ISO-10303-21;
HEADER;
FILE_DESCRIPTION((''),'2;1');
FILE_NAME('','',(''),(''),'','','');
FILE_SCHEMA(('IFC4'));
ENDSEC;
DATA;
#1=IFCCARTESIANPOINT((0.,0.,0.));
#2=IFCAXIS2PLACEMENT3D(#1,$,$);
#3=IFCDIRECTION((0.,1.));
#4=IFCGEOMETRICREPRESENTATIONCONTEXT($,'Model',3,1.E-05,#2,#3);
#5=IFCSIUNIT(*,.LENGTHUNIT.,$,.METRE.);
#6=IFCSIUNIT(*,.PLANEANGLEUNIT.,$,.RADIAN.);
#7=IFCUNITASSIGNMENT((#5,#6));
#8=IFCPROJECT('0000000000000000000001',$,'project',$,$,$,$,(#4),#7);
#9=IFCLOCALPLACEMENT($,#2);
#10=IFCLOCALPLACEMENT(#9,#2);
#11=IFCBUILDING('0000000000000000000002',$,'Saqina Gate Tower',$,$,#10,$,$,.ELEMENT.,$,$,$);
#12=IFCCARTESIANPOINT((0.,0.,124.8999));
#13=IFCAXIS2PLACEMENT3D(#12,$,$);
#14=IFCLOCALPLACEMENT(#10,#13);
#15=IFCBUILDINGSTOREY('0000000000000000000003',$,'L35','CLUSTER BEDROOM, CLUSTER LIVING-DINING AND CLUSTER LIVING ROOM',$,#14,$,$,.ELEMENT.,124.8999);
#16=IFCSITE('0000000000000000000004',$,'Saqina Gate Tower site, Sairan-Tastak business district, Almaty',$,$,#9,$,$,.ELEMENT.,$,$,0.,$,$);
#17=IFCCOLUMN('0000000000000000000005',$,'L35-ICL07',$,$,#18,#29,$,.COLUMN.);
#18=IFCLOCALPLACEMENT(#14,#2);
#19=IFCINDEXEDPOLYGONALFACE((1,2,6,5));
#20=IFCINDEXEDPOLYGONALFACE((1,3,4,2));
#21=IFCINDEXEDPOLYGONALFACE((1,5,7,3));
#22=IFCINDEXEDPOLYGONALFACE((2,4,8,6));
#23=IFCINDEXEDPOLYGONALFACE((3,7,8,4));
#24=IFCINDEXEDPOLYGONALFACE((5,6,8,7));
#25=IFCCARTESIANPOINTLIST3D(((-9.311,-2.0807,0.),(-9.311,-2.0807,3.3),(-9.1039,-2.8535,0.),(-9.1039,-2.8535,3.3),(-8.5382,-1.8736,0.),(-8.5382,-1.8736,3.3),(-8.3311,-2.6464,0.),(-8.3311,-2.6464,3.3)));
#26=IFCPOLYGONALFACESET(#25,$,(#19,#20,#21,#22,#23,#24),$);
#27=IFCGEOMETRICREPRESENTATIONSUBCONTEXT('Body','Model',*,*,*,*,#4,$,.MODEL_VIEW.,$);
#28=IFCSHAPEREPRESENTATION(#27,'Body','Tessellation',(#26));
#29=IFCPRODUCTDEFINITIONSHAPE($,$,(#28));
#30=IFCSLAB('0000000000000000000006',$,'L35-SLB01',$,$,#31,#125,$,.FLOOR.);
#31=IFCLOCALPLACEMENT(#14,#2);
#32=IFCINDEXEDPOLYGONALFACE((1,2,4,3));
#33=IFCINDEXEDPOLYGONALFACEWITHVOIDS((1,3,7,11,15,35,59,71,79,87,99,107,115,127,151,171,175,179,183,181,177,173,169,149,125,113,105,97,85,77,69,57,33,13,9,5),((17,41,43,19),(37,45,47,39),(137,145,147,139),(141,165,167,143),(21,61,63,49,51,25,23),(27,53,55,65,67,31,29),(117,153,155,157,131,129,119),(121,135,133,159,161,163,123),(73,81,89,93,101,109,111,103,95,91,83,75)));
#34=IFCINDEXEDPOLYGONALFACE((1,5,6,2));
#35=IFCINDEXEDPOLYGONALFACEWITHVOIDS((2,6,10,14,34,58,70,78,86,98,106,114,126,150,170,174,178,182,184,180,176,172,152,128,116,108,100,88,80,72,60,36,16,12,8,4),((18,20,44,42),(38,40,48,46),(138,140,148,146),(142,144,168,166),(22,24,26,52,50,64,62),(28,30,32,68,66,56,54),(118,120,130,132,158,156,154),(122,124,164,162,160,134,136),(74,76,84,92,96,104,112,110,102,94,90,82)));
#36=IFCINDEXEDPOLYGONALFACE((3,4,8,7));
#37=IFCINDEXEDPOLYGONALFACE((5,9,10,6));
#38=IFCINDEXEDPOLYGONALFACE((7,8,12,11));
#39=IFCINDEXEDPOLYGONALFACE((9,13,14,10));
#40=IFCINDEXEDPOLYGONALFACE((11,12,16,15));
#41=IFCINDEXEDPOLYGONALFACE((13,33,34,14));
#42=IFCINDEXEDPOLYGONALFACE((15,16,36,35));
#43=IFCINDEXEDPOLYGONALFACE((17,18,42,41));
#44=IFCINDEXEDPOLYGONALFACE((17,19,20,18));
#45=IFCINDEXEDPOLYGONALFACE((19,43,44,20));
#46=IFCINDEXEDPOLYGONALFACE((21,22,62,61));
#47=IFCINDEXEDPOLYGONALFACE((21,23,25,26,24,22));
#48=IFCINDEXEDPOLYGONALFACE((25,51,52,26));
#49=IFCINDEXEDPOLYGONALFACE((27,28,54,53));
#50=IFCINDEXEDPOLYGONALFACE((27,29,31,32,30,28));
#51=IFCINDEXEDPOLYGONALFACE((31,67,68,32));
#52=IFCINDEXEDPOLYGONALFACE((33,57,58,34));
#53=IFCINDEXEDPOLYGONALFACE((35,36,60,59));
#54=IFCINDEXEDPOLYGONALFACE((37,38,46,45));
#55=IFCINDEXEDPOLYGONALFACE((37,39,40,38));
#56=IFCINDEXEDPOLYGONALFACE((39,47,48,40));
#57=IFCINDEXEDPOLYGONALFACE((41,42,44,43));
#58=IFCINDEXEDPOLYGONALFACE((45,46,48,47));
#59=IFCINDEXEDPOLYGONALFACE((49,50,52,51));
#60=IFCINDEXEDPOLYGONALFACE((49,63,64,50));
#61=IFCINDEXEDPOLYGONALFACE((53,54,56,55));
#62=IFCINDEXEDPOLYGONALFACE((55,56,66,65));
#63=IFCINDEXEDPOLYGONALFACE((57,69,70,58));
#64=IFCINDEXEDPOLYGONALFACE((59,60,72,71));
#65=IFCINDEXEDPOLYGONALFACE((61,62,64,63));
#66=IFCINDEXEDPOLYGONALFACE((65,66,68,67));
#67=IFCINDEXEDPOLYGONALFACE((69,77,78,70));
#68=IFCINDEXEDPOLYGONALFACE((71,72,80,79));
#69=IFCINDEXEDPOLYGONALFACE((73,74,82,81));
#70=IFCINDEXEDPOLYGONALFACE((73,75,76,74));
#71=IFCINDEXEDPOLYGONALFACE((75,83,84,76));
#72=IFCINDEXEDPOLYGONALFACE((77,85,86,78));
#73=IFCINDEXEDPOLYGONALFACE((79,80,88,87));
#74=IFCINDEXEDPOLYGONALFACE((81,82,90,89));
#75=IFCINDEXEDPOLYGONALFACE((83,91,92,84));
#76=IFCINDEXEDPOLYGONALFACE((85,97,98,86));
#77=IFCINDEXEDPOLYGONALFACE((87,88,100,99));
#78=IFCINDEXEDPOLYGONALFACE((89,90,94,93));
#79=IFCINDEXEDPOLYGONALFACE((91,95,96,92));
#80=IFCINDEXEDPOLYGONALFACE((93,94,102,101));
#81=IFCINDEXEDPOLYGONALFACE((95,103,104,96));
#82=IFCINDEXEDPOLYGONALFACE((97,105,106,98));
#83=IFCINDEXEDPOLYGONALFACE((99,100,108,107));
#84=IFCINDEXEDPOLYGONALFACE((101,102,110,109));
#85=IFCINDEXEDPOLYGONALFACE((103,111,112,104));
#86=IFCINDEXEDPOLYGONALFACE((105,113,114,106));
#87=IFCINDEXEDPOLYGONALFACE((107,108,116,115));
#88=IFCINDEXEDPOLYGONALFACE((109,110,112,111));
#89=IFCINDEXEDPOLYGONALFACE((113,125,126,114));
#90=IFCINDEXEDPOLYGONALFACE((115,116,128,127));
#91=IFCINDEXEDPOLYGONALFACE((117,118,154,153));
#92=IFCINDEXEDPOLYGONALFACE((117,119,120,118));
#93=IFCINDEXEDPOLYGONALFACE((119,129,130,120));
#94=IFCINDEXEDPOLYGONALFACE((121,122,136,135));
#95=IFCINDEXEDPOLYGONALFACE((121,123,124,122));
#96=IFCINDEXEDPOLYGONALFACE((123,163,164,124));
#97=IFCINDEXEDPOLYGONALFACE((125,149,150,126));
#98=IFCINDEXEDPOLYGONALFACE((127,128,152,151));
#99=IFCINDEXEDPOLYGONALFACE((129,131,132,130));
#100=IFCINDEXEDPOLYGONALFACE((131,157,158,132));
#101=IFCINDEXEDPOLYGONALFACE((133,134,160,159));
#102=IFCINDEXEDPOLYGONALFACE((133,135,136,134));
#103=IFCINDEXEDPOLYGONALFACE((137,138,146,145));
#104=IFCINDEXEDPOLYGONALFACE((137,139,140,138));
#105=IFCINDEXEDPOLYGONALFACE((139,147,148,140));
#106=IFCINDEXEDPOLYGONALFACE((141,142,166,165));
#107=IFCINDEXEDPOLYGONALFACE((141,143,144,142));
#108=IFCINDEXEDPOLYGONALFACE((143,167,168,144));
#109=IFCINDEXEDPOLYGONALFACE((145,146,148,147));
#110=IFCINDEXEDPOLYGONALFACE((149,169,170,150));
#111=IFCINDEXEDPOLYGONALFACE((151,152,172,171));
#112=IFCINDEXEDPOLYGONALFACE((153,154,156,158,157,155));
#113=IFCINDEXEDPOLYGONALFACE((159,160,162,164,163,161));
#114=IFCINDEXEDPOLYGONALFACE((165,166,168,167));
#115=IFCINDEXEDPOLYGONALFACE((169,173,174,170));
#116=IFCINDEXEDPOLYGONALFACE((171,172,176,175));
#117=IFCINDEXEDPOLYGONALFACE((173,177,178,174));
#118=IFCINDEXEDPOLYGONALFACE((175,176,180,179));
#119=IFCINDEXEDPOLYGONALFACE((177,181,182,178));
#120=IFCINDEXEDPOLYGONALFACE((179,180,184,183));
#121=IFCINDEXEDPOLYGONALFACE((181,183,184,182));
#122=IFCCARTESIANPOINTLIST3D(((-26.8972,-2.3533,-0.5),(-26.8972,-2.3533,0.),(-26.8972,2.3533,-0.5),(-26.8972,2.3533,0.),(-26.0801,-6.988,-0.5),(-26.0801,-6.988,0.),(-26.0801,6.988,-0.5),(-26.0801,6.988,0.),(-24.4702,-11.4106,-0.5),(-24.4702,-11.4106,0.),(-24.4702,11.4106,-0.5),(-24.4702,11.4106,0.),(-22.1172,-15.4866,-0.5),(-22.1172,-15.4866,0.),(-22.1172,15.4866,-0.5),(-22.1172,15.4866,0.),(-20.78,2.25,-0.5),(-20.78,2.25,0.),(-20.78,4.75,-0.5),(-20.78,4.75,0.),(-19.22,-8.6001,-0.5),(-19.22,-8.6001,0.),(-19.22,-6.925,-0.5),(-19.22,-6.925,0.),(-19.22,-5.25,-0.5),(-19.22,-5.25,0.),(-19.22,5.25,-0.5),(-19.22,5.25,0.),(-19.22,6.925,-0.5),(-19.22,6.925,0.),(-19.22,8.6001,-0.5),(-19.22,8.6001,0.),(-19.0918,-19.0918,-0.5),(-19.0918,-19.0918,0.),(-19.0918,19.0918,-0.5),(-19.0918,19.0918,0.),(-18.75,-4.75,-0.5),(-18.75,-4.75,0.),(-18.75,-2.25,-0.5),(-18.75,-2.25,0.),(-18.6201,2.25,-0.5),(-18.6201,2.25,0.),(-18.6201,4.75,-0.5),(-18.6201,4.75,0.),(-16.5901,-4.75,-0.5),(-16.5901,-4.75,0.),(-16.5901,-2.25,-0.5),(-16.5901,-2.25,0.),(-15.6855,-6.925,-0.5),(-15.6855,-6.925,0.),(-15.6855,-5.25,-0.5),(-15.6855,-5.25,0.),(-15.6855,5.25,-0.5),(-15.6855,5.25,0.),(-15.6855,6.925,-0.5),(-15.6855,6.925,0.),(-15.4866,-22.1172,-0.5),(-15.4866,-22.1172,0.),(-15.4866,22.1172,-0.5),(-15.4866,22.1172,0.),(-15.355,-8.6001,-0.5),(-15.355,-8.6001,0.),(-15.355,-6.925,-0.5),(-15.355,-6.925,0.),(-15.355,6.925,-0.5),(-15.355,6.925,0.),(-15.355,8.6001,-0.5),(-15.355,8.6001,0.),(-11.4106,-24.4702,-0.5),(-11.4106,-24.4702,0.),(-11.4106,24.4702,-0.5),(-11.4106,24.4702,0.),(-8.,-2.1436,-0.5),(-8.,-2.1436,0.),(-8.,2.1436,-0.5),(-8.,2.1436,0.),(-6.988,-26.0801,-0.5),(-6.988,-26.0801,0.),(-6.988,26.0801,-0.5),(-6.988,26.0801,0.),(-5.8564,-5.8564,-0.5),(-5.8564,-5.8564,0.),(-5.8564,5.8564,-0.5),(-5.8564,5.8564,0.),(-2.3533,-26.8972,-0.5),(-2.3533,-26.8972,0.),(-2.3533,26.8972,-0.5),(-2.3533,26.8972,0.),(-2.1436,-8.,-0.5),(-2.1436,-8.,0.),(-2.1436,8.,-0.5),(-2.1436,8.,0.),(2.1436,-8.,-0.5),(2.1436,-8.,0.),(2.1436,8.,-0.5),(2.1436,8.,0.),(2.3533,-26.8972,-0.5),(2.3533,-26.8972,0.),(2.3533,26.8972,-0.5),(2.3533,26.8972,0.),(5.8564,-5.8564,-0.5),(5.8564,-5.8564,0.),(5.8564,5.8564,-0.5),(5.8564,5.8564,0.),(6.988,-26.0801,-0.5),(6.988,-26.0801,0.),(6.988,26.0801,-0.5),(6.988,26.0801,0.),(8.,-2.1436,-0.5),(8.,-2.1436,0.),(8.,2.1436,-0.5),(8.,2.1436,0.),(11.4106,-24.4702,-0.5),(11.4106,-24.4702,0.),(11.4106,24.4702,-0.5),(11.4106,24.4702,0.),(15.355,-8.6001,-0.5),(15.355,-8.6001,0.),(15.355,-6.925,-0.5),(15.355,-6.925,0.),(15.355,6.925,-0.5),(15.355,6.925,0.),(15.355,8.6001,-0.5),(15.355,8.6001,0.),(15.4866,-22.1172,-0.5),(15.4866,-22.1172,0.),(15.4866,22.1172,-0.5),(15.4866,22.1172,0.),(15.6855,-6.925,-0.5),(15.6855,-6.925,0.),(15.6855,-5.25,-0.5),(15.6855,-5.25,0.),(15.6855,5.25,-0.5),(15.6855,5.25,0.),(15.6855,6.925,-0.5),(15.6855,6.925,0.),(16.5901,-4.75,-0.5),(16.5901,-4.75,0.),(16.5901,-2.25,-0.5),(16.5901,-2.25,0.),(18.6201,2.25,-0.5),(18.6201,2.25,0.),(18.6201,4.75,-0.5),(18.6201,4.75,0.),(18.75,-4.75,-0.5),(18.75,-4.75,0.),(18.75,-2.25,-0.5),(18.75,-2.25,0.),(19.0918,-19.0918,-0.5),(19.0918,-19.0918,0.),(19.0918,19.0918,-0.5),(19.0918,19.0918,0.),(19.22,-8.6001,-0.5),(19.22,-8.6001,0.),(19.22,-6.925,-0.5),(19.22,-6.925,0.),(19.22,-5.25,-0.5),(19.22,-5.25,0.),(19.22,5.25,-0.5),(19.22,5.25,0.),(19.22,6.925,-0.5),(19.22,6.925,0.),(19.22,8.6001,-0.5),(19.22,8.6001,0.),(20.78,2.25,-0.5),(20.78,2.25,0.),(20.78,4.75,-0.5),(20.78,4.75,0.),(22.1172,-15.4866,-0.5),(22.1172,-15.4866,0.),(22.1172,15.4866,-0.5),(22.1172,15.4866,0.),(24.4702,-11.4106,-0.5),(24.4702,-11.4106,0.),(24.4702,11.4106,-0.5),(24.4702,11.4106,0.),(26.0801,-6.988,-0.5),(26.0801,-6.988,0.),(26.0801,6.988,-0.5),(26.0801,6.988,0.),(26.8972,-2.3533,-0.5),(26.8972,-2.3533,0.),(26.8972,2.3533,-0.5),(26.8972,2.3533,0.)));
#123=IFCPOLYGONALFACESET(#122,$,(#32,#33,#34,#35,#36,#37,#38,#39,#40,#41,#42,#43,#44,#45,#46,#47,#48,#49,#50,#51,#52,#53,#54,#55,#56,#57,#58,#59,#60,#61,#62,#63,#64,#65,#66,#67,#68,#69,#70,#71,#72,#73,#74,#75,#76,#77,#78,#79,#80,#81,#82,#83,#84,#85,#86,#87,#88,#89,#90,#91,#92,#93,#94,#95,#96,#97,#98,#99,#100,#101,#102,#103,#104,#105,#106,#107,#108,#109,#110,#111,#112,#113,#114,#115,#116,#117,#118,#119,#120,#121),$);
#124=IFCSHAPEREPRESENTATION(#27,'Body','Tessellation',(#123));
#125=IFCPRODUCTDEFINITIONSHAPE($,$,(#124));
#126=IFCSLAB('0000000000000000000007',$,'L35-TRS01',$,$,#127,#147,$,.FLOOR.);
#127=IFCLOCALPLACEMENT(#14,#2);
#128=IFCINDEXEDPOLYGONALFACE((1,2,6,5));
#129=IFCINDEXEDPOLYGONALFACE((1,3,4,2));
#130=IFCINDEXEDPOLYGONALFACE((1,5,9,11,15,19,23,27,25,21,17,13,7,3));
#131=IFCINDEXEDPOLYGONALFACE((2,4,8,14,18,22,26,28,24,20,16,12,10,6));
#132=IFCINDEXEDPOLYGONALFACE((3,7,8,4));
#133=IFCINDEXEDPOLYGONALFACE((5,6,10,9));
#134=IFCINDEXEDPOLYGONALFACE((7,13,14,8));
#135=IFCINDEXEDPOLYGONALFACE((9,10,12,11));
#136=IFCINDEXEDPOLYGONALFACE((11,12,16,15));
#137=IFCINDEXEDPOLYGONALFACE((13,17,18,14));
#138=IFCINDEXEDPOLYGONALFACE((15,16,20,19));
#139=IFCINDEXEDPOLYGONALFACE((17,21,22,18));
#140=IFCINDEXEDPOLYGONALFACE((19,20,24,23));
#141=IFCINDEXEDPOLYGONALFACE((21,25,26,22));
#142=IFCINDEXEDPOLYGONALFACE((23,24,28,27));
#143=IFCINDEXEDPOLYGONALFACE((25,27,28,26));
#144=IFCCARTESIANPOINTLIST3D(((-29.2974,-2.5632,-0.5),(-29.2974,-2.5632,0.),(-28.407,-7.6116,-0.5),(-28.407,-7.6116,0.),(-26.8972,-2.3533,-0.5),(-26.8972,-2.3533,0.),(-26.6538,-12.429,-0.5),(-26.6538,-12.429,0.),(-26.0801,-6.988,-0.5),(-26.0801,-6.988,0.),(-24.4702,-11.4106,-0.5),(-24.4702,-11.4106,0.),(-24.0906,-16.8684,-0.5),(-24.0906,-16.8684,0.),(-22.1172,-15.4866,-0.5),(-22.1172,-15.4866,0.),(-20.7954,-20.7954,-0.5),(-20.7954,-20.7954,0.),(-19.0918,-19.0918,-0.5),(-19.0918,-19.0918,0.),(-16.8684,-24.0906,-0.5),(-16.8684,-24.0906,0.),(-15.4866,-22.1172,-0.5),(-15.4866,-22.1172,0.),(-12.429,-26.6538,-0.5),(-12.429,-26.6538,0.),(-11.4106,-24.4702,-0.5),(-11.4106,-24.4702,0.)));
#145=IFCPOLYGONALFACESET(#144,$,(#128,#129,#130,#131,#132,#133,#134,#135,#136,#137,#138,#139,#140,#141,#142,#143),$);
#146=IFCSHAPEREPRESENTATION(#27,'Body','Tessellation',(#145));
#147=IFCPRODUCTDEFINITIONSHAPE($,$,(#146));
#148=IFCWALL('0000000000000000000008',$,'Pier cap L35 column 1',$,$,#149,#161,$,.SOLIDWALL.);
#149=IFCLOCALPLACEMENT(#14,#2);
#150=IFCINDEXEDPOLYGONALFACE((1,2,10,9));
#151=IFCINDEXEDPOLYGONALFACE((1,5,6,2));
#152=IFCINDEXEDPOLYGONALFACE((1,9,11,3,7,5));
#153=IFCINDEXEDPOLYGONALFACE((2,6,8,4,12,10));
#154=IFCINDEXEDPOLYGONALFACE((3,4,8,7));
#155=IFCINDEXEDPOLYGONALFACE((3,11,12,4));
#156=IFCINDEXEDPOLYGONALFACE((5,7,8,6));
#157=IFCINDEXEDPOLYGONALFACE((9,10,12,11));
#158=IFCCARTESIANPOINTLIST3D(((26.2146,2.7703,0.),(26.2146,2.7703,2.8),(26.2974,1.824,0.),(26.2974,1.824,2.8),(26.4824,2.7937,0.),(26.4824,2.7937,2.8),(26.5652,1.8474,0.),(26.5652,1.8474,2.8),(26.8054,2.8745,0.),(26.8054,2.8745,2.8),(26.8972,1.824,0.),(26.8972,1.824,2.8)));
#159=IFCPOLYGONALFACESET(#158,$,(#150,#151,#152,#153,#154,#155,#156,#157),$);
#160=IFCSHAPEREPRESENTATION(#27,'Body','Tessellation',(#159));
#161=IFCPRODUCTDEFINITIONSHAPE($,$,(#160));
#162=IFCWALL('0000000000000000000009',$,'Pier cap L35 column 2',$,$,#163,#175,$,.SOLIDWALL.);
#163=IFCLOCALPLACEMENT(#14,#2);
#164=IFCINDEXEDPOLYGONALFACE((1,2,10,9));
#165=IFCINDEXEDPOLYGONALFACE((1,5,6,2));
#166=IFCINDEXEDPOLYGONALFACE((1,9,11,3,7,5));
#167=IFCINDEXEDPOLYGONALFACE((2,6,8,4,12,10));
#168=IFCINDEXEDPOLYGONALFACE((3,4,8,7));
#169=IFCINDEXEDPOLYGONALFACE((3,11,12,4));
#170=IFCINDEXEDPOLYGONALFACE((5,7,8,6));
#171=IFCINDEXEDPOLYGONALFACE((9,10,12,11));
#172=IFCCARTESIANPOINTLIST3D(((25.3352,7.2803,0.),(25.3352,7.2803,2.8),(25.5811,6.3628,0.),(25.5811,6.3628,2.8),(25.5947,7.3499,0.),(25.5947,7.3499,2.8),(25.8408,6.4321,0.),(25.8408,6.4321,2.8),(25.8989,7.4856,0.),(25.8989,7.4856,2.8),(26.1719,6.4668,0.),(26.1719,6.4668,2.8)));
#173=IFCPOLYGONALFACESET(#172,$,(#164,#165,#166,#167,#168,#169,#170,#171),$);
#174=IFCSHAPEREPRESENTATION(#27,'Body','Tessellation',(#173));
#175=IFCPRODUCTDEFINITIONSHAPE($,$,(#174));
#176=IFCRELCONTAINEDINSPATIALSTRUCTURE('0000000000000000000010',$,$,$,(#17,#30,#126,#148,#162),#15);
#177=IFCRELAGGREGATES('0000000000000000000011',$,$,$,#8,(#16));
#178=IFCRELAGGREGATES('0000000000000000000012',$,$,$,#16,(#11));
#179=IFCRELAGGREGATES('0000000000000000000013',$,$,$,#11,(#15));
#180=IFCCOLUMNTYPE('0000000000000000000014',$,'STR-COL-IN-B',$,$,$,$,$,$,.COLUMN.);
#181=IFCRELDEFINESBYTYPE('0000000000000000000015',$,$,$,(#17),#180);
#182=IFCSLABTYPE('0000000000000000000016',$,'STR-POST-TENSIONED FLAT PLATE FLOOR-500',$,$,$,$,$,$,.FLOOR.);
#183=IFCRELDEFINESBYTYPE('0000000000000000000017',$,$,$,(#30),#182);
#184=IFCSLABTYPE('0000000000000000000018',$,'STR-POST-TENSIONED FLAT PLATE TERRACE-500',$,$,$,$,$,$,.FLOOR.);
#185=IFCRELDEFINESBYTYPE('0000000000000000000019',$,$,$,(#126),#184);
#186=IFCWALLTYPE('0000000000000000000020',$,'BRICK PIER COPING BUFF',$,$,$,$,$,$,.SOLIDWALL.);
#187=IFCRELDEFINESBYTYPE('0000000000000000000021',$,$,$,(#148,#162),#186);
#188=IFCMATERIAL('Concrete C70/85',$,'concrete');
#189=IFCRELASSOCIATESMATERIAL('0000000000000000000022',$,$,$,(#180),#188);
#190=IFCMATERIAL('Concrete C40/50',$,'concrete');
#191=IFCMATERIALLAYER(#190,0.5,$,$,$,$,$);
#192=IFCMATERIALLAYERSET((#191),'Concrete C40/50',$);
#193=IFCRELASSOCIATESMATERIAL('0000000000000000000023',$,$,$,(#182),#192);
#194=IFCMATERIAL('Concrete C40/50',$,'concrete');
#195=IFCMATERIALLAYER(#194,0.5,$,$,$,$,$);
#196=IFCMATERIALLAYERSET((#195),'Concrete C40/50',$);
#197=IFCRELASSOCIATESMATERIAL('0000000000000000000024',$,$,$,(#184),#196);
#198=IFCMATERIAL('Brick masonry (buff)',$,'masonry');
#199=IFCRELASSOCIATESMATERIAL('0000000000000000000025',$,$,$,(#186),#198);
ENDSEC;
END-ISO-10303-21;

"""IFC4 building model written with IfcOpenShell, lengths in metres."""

from ifc_helpers import new_model, si_unit, direction, frame, origin, origin_2d, place, context, subcontext, project, spatial, polyline, rectangle, outline, extrude, material, layer, layer_set, material_profile, profile_set, type_object, element, save


model = new_model("IFC4")

# Units and contexts
model_context = context("Model", 3, precision=1e-05, world=origin(), true_north=direction((0.0, 1.0)))
body_context = subcontext(model_context, "Body", "Model", "MODEL_VIEW")
ifc_project = project(units=[si_unit("LENGTHUNIT", "METRE"), si_unit("PLANEANGLEUNIT", "RADIAN")], contexts=[model_context])

# Site, building, storey
site_placement = place(None, origin())
site = spatial("IfcSite", under=ifc_project, at=site_placement, Name="Saqina Gate Tower site, Sairan-Tastak business district, Almaty", CompositionType="ELEMENT", RefElevation=0.0)
building_placement = place(site_placement, origin())
building = spatial("IfcBuilding", under=site, at=building_placement, Name="Saqina Gate Tower", CompositionType="ELEMENT")
storey_placement = place(building_placement, frame((0.0, 0.0, 124.8999)))
storey = spatial("IfcBuildingStorey", under=building, at=storey_placement, Name="L35", Description="CLUSTER BEDROOM, CLUSTER LIVING-DINING AND CLUSTER LIVING ROOM", CompositionType="ELEMENT", Elevation=124.8999)

# Column
ifc_material_1 = material(Name="Concrete C70/85", Category="concrete")
ifc_material_profile = material_profile(ifc_material_1, rectangle(XDim=0.8, YDim=0.8, at=origin_2d()), Name="RC 800x800")
ifc_profile_set = profile_set([ifc_material_profile], Name="Concrete C70/85")
column_type = type_object("IfcColumnType", Name="STR-COL-IN-B", PredefinedType="COLUMN", material=ifc_profile_set)
column_placement = place(storey_placement, frame((-8.821, -2.3635, 0.0), z_axis=(0.0, 0.0, 1.0), x_axis=(-0.965926, -0.258819, 0.0)))
element("IfcColumn", 1, at=column_placement, inside=storey, type_object=column_type, Name="L35-ICL07", PredefinedType="COLUMN", context=body_context, shape_type="SweptSolid", body=[
    extrude(rectangle(XDim=0.8, YDim=0.8, at=origin_2d()), origin(), (0.0, 0.0, 1.0), 3.3),
])

# Slabs
ifc_material_2 = material(Name="Concrete C40/50", Category="concrete")
ifc_layer_1 = layer(ifc_material_2, 0.5)
ifc_layer_set_1 = layer_set([ifc_layer_1], Name="Concrete C40/50")
slab_type_1 = type_object("IfcSlabType", Name="STR-POST-TENSIONED FLAT PLATE FLOOR-500", PredefinedType="FLOOR", material=ifc_layer_set_1)
slab_1_placement = place(storey_placement, frame((0.0, 0.0, -0.5)))
element("IfcSlab", 2, at=slab_1_placement, inside=storey, type_object=slab_type_1, Name="L35-SLB01", PredefinedType="FLOOR", context=body_context, shape_type="SweptSolid", body=[
    extrude(outline(polyline([(26.0801, -6.988), (26.8972, -2.3533), (26.8972, 2.3533), (26.0801, 6.988), (24.4702, 11.4106), (22.1172, 15.4866), (19.0918, 19.0918), (15.4866, 22.1172), (11.4106, 24.4702), (6.988, 26.0801), (2.3533, 26.8972), (-2.3533, 26.8972), (-6.988, 26.0801), (-11.4106, 24.4702), (-15.4866, 22.1172), (-19.0918, 19.0918), (-22.1172, 15.4866), (-24.4702, 11.4106), (-26.0801, 6.988), (-26.8972, 2.3533), (-26.8972, -2.3533), (-26.0801, -6.988), (-24.4702, -11.4106), (-22.1172, -15.4866), (-19.0918, -19.0918), (-15.4866, -22.1172), (-11.4106, -24.4702), (-6.988, -26.0801), (-2.3533, -26.8972), (2.3533, -26.8972), (6.988, -26.0801), (11.4106, -24.4702), (15.4866, -22.1172), (19.0918, -19.0918), (22.1172, -15.4866), (24.4702, -11.4106), (26.0801, -6.988)]), holes=[polyline([(2.1436, 8.0), (5.8564, 5.8564), (8.0, 2.1436), (8.0, -2.1436), (5.8564, -5.8564), (2.1436, -8.0), (-2.1436, -8.0), (-5.8564, -5.8564), (-8.0, -2.1436), (-8.0, 2.1436), (-5.8564, 5.8564), (-2.1436, 8.0), (2.1436, 8.0)]), polyline([(-15.355, -8.6001), (-19.22, -8.6001), (-19.22, -6.925), (-19.22, -5.25), (-15.6855, -5.25), (-15.6855, -6.925), (-15.355, -6.925), (-15.355, -8.6001)]), polyline([(-16.5901, -2.25), (-16.5901, -4.75), (-18.75, -4.75), (-18.75, -2.25), (-16.5901, -2.25)]), polyline([(-20.78, 4.75), (-18.6201, 4.75), (-18.6201, 2.25), (-20.78, 2.25), (-20.78, 4.75)]), polyline([(-19.22, 6.925), (-19.22, 8.6001), (-15.355, 8.6001), (-15.355, 6.925), (-15.6855, 6.925), (-15.6855, 5.25), (-19.22, 5.25), (-19.22, 6.925)]), polyline([(15.355, -8.6001), (15.355, -6.925), (15.6855, -6.925), (15.6855, -5.25), (19.22, -5.25), (19.22, -6.925), (19.22, -8.6001), (15.355, -8.6001)]), polyline([(18.75, -2.25), (18.75, -4.75), (16.5901, -4.75), (16.5901, -2.25), (18.75, -2.25)]), polyline([(18.6201, 4.75), (20.78, 4.75), (20.78, 2.25), (18.6201, 2.25), (18.6201, 4.75)]), polyline([(15.6855, 6.925), (15.355, 6.925), (15.355, 8.6001), (19.22, 8.6001), (19.22, 6.925), (19.22, 5.25), (15.6855, 5.25), (15.6855, 6.925)])]), origin(), (0.0, 0.0, 1.0), 0.5),
])
ifc_material_3 = material(Name="Concrete C40/50", Category="concrete")
ifc_layer_2 = layer(ifc_material_3, 0.5)
ifc_layer_set_2 = layer_set([ifc_layer_2], Name="Concrete C40/50")
slab_type_2 = type_object("IfcSlabType", Name="STR-POST-TENSIONED FLAT PLATE TERRACE-500", PredefinedType="FLOOR", material=ifc_layer_set_2)
slab_2_placement = place(storey_placement, frame((0.0, 0.0, -0.5)))
element("IfcSlab", 3, at=slab_2_placement, inside=storey, type_object=slab_type_2, Name="L35-TRS01", PredefinedType="FLOOR", context=body_context, shape_type="SweptSolid", body=[
    extrude(outline(polyline([(-26.8972, -2.3533), (-26.0801, -6.988), (-24.4702, -11.4106), (-22.1172, -15.4866), (-19.0918, -19.0918), (-15.4866, -22.1172), (-11.4106, -24.4702), (-12.429, -26.6538), (-16.8684, -24.0906), (-20.7954, -20.7954), (-24.0906, -16.8684), (-26.6538, -12.429), (-28.407, -7.6116), (-29.2974, -2.5632), (-26.8972, -2.3533)])), origin(), (0.0, 0.0, 1.0), 0.5),
])

# Walls
ifc_material_4 = material(Name="Brick masonry (buff)", Category="masonry")
wall_type_1 = type_object("IfcWallType", Name="BRICK PIER COPING BUFF", PredefinedType="SOLIDWALL", material=ifc_material_4)
wall_1_placement = place(storey_placement, origin())
element("IfcWall", 4, at=wall_1_placement, inside=storey, type_object=wall_type_1, Name="Pier cap L35 column 1", PredefinedType="SOLIDWALL", context=body_context, shape_type="SweptSolid", body=[
    extrude(outline(polyline([(26.8054, 2.8745), (26.2146, 2.7703), (26.4824, 2.7937), (26.5652, 1.8474), (26.2974, 1.824), (26.8972, 1.824), (26.8054, 2.8745)])), origin(), (0.0, 0.0, 1.0), 2.8),
])
wall_2_placement = place(storey_placement, origin())
element("IfcWall", 5, at=wall_2_placement, inside=storey, type_object=wall_type_1, Name="Pier cap L35 column 2", PredefinedType="SOLIDWALL", context=body_context, shape_type="SweptSolid", body=[
    extrude(outline(polyline([(26.1719, 6.4668), (25.8989, 7.4856), (25.3352, 7.2803), (25.5947, 7.3499), (25.8408, 6.4321), (25.5811, 6.3628), (26.1719, 6.4668)])), origin(), (0.0, 0.0, 1.0), 2.8),
])

save(model, "model.ifc")
